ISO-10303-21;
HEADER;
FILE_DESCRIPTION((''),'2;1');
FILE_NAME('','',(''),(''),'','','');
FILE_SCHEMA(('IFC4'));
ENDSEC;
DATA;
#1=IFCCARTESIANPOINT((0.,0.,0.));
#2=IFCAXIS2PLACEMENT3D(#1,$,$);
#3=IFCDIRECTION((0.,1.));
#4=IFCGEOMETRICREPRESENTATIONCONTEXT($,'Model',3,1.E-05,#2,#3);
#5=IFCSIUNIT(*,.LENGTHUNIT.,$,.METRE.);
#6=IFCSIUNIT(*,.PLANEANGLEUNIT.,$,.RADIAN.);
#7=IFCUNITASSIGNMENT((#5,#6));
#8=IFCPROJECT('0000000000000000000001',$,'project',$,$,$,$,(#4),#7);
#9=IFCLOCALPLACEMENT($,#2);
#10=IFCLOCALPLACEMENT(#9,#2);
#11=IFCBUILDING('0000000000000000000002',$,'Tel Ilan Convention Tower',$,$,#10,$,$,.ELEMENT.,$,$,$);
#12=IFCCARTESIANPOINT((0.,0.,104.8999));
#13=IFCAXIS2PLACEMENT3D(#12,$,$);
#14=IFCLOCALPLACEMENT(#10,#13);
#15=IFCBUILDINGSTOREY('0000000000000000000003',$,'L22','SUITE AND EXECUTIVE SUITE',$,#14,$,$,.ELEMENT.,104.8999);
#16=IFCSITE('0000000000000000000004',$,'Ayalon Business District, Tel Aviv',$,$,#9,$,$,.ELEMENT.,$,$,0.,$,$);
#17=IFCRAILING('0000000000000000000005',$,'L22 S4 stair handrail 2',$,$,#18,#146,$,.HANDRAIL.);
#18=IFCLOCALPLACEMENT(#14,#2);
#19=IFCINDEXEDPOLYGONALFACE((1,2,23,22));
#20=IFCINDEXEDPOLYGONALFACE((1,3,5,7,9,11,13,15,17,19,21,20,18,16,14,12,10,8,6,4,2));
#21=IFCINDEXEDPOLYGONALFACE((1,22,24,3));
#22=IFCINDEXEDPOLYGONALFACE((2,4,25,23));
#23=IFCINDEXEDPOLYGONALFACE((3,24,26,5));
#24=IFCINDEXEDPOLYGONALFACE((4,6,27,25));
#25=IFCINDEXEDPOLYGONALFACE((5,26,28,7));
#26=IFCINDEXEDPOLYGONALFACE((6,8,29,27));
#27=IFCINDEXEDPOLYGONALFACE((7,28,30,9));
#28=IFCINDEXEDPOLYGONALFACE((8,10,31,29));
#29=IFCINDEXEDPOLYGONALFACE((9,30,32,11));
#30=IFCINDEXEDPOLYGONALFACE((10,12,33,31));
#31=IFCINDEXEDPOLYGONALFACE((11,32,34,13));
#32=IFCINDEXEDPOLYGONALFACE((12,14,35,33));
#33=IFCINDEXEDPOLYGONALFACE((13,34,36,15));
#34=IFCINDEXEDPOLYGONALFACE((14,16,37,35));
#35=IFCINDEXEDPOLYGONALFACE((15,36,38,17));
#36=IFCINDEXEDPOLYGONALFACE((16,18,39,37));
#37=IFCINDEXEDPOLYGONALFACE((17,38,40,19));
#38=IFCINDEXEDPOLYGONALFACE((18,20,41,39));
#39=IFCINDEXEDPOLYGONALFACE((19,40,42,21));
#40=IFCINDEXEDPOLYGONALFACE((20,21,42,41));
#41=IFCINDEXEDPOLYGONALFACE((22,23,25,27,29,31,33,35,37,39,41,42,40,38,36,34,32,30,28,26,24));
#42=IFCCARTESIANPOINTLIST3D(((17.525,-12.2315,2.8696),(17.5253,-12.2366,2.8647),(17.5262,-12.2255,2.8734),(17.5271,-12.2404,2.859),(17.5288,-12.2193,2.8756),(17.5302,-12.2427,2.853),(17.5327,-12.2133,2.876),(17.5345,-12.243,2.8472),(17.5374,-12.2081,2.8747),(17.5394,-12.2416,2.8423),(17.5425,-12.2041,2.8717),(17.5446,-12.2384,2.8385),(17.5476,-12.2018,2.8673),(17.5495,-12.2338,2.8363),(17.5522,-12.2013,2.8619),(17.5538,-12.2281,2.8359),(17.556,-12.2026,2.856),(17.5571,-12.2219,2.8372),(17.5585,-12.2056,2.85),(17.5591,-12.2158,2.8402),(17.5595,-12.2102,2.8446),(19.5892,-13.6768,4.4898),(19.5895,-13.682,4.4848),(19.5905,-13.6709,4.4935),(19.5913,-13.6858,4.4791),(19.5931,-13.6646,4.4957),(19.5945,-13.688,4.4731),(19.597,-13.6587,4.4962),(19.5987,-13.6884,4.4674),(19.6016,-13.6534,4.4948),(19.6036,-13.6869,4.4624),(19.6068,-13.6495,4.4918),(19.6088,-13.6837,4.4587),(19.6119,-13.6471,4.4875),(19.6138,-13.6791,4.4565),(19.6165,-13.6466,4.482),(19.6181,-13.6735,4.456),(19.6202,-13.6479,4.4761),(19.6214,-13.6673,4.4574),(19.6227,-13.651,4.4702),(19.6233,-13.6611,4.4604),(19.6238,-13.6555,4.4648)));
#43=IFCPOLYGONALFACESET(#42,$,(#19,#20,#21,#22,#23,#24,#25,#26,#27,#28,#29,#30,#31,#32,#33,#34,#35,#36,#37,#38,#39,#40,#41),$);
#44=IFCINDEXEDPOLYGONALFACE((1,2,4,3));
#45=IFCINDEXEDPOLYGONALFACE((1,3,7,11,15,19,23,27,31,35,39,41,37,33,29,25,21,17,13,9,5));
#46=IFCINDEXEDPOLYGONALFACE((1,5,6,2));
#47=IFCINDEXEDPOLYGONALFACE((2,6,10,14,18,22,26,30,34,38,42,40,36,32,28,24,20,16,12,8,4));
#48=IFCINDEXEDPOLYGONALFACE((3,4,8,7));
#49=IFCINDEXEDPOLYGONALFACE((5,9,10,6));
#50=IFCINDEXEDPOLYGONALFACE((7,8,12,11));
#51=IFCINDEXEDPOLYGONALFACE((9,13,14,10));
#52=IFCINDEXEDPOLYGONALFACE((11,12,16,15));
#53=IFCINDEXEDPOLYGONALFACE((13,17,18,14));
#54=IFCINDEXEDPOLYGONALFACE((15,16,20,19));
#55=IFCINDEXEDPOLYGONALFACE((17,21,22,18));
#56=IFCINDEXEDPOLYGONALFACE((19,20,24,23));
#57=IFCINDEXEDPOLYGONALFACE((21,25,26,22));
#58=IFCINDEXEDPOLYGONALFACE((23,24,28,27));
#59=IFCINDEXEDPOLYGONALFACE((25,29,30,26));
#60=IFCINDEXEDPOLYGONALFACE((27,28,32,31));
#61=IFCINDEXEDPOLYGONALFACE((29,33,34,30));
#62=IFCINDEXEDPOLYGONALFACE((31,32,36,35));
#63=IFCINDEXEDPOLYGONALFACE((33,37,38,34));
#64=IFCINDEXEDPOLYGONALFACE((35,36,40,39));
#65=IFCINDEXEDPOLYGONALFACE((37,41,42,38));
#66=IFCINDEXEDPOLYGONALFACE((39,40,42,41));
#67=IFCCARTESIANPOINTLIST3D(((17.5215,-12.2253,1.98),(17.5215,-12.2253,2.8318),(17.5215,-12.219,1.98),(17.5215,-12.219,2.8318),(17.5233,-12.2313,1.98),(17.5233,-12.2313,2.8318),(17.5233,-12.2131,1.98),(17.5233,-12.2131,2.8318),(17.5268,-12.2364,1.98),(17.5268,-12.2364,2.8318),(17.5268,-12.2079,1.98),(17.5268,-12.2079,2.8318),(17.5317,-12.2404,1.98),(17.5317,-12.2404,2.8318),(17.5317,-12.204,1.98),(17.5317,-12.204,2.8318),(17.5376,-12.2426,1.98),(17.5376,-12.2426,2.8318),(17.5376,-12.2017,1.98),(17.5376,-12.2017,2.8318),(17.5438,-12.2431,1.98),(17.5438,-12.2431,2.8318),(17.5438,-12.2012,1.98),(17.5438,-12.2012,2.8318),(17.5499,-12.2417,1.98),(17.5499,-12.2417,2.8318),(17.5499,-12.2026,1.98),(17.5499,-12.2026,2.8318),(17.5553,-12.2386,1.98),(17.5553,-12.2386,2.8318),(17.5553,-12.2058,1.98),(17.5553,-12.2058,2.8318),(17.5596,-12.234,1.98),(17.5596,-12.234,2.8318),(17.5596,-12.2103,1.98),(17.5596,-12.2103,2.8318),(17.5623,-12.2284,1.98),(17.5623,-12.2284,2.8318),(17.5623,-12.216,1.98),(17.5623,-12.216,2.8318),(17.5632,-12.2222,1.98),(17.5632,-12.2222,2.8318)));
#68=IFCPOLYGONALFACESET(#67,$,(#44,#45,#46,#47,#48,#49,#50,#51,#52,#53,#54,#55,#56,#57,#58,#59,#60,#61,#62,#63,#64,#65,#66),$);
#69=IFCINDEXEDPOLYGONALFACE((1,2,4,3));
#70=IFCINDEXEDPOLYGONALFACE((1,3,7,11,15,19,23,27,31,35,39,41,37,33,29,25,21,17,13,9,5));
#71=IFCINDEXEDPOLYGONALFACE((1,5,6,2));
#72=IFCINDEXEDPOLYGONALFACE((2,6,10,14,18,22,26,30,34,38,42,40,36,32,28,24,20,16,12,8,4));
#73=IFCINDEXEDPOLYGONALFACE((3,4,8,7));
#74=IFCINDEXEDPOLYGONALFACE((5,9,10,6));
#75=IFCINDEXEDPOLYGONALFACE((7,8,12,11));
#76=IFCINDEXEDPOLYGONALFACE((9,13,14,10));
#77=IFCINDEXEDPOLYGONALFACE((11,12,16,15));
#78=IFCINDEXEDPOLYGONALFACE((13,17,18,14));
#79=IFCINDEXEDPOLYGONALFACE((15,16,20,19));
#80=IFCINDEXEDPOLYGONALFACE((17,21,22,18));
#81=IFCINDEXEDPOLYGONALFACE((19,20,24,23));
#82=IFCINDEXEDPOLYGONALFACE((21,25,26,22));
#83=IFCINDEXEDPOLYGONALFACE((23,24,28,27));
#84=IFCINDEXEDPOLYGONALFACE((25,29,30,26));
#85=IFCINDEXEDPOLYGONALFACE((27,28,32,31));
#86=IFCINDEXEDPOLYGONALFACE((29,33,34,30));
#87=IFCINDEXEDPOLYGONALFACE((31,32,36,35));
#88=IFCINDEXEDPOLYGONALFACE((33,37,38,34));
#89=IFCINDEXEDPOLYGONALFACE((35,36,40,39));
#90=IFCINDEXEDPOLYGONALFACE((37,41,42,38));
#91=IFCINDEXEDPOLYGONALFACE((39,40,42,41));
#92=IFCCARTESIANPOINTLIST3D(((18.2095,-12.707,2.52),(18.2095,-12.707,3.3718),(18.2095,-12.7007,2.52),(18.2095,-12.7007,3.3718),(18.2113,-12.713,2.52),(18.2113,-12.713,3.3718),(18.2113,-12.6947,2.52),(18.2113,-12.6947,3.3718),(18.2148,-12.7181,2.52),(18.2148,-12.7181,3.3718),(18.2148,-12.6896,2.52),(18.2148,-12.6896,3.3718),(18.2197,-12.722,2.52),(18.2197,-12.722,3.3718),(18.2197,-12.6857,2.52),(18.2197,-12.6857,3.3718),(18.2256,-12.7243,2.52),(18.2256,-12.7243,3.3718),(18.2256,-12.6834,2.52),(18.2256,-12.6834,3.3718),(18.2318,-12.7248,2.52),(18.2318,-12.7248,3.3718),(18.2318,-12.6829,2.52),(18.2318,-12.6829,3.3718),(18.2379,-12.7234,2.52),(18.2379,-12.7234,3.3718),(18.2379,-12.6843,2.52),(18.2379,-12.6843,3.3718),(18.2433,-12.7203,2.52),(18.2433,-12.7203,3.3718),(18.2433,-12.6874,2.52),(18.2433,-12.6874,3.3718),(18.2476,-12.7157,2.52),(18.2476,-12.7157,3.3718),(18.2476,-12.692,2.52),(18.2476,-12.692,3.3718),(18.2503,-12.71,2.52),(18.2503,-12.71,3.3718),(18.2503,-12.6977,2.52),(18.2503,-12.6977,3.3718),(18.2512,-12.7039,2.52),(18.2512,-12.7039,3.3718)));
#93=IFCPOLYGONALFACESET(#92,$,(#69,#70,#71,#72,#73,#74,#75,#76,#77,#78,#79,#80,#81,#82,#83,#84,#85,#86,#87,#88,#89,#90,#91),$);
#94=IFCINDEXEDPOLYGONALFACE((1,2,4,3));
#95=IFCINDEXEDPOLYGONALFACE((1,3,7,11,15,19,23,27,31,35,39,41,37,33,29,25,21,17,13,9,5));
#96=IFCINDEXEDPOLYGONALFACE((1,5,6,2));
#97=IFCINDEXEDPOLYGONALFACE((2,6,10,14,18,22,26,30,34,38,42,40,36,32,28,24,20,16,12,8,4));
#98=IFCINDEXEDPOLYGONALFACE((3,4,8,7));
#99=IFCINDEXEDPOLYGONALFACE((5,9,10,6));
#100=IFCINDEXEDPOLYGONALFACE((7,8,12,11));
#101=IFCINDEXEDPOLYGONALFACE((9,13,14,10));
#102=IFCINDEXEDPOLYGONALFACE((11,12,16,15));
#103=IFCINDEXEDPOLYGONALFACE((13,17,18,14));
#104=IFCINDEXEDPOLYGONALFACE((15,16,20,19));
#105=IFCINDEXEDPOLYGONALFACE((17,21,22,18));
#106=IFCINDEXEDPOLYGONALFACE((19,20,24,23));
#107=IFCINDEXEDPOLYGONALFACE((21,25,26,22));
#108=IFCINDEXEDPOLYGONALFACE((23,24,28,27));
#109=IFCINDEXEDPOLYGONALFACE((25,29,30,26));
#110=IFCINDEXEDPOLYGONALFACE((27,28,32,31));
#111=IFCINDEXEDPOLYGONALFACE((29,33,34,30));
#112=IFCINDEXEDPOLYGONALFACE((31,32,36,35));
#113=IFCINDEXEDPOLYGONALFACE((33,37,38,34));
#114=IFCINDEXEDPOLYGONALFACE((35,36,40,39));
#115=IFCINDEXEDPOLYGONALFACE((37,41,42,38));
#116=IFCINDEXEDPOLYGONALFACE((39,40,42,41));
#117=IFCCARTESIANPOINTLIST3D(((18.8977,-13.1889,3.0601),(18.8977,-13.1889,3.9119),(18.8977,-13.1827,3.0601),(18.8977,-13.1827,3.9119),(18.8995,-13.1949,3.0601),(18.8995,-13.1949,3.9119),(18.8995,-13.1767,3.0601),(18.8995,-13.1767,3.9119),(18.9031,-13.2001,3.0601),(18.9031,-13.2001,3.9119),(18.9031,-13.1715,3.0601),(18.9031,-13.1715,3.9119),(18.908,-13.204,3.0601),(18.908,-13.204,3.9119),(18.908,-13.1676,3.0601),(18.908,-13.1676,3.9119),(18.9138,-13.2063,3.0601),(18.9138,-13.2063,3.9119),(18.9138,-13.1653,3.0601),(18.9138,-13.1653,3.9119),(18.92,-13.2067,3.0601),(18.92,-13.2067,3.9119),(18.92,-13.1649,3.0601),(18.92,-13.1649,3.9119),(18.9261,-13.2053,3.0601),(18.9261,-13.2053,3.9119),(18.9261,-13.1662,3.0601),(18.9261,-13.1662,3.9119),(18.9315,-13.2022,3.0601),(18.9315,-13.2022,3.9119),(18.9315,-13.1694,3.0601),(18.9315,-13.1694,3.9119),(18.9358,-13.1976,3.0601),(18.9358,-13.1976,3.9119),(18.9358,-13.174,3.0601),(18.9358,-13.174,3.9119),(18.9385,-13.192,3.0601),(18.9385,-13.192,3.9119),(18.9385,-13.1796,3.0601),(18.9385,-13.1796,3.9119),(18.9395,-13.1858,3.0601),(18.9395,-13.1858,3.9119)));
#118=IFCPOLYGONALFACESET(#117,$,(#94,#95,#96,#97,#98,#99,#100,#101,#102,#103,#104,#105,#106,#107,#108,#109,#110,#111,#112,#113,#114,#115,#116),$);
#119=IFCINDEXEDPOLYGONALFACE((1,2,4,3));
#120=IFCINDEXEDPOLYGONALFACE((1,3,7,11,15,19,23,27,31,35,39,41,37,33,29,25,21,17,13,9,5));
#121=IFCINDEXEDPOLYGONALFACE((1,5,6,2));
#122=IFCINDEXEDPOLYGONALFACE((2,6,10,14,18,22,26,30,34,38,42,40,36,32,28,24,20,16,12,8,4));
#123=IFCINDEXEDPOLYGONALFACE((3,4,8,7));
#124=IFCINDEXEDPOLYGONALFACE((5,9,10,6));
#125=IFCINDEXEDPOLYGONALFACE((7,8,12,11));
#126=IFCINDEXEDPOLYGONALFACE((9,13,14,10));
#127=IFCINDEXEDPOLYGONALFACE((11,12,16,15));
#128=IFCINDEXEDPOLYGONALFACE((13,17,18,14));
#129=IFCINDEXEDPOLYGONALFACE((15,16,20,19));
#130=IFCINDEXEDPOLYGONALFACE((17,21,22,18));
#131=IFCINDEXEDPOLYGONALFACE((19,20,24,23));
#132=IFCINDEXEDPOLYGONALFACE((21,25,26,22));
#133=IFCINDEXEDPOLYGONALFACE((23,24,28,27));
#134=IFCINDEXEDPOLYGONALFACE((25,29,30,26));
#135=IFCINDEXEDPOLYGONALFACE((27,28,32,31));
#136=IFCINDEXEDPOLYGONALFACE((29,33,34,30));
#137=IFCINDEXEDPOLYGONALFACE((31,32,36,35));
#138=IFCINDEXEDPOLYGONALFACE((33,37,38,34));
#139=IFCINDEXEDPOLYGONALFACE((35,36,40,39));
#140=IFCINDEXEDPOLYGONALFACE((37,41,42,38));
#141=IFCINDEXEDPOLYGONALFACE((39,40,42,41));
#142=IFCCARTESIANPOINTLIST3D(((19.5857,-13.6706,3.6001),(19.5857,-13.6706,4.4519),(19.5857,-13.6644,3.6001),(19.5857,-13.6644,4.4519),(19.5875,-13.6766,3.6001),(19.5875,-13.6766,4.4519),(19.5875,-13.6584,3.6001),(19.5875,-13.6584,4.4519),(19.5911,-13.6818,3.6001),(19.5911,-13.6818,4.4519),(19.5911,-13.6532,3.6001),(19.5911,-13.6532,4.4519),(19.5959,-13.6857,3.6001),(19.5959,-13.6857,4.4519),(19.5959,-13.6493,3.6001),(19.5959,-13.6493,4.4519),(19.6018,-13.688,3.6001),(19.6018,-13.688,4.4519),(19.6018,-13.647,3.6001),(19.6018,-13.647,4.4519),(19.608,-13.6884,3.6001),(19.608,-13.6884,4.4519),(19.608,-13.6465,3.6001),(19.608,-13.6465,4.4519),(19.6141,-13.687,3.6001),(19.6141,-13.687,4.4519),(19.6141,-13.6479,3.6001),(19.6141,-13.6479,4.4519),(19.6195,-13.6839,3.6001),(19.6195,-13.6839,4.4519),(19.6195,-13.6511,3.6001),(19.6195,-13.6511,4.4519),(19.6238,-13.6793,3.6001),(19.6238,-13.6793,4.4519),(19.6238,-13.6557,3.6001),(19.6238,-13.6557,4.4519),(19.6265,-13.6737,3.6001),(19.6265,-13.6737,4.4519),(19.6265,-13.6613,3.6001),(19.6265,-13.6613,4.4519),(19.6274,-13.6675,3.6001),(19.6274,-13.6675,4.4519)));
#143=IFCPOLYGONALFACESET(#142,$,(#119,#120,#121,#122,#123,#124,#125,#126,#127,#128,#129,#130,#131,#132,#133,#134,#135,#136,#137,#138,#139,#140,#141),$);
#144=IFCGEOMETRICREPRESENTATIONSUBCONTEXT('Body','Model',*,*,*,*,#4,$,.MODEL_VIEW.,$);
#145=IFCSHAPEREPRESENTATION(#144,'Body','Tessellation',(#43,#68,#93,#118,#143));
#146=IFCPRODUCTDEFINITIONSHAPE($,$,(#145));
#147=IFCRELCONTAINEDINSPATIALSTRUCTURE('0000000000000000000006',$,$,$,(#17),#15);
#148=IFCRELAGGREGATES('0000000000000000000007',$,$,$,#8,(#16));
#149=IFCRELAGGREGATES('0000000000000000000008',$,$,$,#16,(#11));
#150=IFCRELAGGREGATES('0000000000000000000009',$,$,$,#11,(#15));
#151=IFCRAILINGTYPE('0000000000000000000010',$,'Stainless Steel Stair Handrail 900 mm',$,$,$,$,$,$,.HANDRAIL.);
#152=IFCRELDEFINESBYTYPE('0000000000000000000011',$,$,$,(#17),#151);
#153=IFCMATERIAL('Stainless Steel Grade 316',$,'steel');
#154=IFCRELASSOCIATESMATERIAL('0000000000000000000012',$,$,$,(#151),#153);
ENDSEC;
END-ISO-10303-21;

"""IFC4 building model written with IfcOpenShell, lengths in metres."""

from ifc_helpers import new_model, si_unit, direction, frame, origin, origin_2d, place, context, subcontext, project, spatial, circle, extrude, material, type_object, element, save


model = new_model("IFC4")

# Units and contexts
model_context = context("Model", 3, precision=1e-05, world=origin(), true_north=direction((0.0, 1.0)))
body_context = subcontext(model_context, "Body", "Model", "MODEL_VIEW")
ifc_project = project(units=[si_unit("LENGTHUNIT", "METRE"), si_unit("PLANEANGLEUNIT", "RADIAN")], contexts=[model_context])

# Site, building, storey
site_placement = place(None, origin())
site = spatial("IfcSite", under=ifc_project, at=site_placement, Name="Ayalon Business District, Tel Aviv", CompositionType="ELEMENT", RefElevation=0.0)
building_placement = place(site_placement, origin())
building = spatial("IfcBuilding", under=site, at=building_placement, Name="Tel Ilan Convention Tower", CompositionType="ELEMENT")
storey_placement = place(building_placement, frame((0.0, 0.0, 104.8999)))
storey = spatial("IfcBuildingStorey", under=building, at=storey_placement, Name="L22", Description="SUITE AND EXECUTIVE SUITE", CompositionType="ELEMENT", Elevation=104.8999)

# Railing
ifc_material_1 = material(Name="Stainless Steel Grade 316", Category="steel")
railing_type_1 = type_object("IfcRailingType", Name="Stainless Steel Stair Handrail 900 mm", PredefinedType="HANDRAIL", material=ifc_material_1)
railing_1_placement = place(storey_placement, frame((17.5422, -12.2222, 1.98)))
element("IfcRailing", 1, at=railing_1_placement, inside=storey, type_object=railing_type_1, Name="L22 S4 stair handrail 2", PredefinedType="HANDRAIL", context=body_context, shape_type="SweptSolid", body=[
    extrude(circle(Radius=0.0239, at=origin_2d()), frame((0.0, 0.0, 0.876), z_axis=(0.68904, -0.48245, 0.540801), x_axis=(0.57356, 0.819164, 0.0)), (0.0, 0.0, 1.0), 2.9958),
    extrude(circle(Radius=0.021, at=origin_2d()), origin(), (0.0, 0.0, 1.0), 0.8518),
    extrude(circle(Radius=0.021, at=origin_2d()), frame((0.688, -0.4817, 0.54)), (0.0, 0.0, 1.0), 0.8518),
    extrude(circle(Radius=0.021, at=origin_2d()), frame((1.3762, -0.9636, 1.0801)), (0.0, 0.0, 1.0), 0.8518),
    extrude(circle(Radius=0.021, at=origin_2d()), frame((2.0642, -1.4453, 1.6201)), (0.0, 0.0, 1.0), 0.8518),
])

save(model, "model.ifc")
